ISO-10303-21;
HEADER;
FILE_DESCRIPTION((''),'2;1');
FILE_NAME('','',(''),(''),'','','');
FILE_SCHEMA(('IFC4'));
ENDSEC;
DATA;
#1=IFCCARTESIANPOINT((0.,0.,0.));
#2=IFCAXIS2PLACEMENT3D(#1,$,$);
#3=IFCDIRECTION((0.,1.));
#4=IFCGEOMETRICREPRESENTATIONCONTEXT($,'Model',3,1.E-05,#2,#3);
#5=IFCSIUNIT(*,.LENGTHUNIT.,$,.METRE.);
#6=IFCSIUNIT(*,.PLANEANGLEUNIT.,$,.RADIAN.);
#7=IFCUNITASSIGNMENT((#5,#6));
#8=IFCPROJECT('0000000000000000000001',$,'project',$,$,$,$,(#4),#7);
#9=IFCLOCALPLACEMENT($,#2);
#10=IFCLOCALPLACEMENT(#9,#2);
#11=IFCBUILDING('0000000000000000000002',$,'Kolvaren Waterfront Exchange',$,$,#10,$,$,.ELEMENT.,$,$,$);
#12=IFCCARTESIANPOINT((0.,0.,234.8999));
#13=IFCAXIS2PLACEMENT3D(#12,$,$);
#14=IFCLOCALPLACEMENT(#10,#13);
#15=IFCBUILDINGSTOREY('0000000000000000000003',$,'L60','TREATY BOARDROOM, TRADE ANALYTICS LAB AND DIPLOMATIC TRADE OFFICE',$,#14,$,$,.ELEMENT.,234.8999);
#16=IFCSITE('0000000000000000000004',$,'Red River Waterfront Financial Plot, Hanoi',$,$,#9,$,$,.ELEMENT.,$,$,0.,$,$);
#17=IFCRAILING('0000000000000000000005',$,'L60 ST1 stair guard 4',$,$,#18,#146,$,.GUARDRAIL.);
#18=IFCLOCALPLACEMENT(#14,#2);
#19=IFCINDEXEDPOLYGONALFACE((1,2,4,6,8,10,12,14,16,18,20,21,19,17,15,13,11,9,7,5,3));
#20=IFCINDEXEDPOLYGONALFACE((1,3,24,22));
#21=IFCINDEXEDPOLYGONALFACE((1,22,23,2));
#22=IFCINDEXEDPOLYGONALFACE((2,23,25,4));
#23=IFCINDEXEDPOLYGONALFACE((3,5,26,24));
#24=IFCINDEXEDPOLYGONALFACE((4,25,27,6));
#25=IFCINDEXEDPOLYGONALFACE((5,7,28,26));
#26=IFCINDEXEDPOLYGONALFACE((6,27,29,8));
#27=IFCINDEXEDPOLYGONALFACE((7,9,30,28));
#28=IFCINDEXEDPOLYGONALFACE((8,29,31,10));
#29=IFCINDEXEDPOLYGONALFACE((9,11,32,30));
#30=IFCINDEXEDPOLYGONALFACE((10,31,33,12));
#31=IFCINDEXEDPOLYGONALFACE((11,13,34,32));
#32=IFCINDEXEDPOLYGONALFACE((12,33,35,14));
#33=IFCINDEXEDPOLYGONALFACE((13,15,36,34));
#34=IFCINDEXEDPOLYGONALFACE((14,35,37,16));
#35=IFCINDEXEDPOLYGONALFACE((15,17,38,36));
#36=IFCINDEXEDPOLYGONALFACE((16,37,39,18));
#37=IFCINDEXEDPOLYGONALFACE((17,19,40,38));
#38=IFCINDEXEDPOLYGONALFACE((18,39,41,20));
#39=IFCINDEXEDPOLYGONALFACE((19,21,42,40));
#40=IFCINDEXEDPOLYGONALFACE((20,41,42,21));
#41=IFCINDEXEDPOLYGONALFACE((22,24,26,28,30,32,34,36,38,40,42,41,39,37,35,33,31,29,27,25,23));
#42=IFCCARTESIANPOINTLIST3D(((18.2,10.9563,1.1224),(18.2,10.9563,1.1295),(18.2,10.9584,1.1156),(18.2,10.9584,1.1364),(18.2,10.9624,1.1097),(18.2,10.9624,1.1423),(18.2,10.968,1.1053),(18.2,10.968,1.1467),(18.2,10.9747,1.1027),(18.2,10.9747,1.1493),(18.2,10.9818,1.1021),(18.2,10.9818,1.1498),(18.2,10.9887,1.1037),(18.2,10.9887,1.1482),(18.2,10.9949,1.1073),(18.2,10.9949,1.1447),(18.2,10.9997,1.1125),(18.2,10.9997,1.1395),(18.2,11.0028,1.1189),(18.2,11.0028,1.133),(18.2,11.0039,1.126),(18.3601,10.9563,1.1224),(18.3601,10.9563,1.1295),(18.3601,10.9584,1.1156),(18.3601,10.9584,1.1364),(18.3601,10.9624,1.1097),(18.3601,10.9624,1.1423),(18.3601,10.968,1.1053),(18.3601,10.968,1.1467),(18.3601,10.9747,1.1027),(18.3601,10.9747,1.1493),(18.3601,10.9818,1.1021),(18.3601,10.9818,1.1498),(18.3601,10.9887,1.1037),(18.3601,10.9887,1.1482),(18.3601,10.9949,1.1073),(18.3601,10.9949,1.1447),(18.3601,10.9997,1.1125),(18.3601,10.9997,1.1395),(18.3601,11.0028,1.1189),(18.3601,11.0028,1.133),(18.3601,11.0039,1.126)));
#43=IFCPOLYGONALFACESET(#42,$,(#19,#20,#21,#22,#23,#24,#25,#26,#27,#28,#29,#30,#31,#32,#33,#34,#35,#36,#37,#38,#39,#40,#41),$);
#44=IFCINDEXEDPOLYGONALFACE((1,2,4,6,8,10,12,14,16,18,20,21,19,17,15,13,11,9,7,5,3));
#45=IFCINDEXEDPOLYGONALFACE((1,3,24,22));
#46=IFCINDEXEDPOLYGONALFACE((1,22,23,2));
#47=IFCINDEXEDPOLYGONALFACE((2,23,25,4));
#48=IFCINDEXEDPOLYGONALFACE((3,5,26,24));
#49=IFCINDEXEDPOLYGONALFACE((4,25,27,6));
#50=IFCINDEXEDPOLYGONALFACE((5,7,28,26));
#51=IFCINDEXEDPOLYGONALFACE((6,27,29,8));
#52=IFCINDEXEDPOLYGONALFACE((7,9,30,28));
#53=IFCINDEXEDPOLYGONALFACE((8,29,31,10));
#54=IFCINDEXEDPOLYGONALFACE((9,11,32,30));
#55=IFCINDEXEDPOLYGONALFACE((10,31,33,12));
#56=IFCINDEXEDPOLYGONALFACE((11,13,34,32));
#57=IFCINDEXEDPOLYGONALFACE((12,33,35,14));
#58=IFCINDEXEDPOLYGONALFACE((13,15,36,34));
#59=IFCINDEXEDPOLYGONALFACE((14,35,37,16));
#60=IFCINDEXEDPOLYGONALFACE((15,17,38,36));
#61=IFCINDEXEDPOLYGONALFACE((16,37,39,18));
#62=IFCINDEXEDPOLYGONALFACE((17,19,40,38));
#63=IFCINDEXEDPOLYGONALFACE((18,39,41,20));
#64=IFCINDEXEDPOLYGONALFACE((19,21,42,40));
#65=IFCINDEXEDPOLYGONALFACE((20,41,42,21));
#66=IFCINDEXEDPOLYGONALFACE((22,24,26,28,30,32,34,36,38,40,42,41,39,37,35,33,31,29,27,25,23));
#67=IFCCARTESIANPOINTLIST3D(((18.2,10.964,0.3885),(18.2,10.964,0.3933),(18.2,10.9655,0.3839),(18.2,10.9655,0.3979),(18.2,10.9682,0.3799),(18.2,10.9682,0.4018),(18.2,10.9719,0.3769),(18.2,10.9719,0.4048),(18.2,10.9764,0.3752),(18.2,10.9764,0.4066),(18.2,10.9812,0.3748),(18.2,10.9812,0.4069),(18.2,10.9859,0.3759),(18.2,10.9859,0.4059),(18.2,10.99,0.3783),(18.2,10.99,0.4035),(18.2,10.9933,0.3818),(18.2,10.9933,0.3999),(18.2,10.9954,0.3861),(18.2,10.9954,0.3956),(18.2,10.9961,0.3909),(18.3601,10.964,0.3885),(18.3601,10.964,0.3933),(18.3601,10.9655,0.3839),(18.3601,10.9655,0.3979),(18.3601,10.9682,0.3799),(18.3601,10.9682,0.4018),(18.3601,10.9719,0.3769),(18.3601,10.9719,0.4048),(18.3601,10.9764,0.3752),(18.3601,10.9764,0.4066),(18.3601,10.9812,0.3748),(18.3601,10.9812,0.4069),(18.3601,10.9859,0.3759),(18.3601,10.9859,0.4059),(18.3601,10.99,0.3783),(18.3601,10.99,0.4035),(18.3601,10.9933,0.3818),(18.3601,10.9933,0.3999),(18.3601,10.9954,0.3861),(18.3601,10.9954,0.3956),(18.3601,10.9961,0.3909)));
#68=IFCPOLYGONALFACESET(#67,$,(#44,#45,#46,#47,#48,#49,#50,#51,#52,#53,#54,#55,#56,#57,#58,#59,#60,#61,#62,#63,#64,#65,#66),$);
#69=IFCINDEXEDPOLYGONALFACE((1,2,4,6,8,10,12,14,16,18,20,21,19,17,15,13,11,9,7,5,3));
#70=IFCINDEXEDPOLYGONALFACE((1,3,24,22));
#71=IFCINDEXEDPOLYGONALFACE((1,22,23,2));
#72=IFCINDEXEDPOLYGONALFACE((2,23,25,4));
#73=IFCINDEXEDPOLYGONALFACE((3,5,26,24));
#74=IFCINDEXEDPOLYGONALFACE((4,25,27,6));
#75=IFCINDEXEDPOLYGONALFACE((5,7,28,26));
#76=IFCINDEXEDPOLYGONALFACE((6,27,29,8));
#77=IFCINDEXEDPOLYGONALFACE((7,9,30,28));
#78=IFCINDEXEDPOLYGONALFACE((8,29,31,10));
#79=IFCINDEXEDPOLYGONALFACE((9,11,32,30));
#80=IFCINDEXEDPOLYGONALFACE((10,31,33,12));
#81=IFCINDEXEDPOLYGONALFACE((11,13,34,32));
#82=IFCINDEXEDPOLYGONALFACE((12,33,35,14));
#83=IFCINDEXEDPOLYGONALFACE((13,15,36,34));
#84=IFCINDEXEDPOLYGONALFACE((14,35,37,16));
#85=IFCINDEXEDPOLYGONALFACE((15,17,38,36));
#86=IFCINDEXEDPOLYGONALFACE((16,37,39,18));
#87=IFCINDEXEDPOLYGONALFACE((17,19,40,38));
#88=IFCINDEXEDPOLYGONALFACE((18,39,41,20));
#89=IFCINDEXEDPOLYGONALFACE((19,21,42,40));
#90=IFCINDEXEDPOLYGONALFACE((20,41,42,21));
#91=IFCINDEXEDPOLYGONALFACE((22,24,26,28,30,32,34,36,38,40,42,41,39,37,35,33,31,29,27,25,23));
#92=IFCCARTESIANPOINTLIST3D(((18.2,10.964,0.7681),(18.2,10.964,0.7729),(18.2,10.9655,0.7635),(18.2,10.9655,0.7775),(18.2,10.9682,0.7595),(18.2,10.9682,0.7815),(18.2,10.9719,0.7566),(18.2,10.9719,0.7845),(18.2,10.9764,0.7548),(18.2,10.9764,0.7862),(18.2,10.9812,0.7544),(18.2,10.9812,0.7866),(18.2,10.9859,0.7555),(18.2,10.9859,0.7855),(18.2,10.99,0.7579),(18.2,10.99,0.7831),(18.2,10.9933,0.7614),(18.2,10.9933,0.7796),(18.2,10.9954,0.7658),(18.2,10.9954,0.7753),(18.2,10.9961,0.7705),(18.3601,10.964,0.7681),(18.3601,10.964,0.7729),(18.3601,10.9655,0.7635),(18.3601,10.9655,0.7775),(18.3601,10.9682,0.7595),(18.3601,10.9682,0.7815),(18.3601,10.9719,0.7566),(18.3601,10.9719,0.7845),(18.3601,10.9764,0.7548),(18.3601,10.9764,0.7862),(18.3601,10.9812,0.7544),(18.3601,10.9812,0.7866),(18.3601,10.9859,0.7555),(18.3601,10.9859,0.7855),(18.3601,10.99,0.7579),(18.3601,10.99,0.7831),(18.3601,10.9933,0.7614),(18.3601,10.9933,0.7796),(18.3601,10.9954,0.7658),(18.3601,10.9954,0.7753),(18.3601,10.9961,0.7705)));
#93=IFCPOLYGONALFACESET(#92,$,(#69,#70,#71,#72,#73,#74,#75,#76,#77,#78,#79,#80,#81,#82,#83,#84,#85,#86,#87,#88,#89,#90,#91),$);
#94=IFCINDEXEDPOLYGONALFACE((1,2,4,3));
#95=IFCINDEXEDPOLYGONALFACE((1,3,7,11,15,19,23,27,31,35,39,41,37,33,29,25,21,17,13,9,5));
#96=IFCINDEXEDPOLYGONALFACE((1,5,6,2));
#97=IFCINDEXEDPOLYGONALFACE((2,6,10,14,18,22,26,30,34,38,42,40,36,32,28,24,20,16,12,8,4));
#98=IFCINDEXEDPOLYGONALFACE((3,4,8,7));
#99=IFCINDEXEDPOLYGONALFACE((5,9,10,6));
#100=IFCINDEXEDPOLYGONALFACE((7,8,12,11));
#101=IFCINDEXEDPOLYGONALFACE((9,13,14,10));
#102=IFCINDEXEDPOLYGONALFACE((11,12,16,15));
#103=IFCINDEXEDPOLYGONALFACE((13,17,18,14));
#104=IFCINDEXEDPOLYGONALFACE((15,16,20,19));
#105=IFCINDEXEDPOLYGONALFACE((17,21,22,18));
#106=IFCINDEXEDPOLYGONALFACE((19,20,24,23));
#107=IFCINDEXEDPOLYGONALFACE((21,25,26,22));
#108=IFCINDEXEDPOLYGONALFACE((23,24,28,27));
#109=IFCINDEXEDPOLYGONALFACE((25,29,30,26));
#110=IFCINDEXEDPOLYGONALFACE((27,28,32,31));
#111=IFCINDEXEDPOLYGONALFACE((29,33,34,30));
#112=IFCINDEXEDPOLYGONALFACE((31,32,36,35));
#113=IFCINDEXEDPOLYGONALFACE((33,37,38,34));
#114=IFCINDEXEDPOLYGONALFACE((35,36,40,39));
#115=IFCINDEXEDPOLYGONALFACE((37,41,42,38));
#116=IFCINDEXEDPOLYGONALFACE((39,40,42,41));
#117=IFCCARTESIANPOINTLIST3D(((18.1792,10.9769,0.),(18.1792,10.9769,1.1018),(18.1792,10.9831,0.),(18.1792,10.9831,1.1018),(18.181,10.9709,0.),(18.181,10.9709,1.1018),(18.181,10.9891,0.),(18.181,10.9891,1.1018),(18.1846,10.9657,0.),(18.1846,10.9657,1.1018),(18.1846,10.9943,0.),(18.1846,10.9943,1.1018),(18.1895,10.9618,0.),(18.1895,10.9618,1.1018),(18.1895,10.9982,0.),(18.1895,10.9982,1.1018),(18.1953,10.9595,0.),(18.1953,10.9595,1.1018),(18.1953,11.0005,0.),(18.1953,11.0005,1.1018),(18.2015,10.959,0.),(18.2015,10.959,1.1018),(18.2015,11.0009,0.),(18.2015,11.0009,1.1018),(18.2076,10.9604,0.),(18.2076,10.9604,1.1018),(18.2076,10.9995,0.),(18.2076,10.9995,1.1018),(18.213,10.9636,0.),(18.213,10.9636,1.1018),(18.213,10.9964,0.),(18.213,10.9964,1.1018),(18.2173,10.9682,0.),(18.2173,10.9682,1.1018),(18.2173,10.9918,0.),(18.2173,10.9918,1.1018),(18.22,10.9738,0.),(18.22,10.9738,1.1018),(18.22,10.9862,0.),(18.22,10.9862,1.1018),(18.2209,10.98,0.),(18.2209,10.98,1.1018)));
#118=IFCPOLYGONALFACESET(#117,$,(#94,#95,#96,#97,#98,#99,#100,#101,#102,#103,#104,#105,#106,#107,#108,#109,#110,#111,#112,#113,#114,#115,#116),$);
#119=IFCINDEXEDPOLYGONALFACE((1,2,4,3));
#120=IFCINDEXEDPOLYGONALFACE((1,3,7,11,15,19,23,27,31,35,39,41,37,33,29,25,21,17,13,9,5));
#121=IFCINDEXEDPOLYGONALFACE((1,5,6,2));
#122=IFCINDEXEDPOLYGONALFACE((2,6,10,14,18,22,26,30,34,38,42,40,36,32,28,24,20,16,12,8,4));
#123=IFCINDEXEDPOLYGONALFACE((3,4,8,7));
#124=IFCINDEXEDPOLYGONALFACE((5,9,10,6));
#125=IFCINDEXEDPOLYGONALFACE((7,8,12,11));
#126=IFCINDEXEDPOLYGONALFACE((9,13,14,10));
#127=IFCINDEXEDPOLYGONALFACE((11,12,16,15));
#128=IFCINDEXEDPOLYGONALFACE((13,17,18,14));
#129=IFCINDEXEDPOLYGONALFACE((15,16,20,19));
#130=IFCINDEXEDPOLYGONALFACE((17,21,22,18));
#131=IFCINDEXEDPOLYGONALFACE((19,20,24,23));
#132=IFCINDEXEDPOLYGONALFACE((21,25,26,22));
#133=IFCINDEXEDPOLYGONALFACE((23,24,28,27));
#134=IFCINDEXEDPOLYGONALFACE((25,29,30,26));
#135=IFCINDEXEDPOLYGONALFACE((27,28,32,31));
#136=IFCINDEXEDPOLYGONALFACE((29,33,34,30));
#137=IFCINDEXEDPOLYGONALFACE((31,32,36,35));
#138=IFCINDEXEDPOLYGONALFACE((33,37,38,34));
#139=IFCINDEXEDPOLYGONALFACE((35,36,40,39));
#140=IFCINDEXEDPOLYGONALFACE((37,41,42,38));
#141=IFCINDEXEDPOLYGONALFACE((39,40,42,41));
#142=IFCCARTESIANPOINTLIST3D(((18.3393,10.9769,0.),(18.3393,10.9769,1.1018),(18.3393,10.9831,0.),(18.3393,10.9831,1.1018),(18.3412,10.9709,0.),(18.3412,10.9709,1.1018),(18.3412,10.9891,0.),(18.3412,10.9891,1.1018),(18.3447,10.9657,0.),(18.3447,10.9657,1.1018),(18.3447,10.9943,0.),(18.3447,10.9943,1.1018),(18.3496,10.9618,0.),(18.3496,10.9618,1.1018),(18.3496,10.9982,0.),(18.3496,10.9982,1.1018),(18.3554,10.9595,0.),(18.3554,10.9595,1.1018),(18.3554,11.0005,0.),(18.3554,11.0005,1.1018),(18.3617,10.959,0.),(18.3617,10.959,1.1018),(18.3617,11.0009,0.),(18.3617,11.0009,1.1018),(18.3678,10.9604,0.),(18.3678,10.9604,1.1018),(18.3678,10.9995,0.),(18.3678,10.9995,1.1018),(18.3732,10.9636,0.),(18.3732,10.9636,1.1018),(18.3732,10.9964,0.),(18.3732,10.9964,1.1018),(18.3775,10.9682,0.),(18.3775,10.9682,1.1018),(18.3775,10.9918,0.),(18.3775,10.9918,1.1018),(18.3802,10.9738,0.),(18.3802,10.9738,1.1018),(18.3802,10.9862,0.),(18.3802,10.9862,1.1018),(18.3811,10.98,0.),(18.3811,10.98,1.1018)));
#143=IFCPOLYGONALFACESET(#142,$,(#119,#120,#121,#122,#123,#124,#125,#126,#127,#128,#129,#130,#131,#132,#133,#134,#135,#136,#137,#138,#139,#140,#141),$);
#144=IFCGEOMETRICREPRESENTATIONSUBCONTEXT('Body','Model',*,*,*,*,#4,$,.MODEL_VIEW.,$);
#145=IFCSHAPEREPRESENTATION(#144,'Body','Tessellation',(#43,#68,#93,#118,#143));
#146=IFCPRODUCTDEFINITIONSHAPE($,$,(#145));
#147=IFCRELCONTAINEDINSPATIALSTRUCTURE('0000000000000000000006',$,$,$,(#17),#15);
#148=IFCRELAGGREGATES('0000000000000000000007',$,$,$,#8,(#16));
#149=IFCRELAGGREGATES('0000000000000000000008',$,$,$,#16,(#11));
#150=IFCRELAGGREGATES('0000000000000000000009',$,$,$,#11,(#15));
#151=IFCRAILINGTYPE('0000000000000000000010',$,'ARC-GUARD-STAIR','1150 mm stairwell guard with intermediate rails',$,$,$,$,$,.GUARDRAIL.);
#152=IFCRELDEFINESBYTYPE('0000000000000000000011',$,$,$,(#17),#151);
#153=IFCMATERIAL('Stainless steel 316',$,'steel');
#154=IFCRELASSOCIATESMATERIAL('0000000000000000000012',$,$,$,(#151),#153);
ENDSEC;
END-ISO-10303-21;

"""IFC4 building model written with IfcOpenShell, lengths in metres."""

from ifc_helpers import new_model, si_unit, direction, frame, origin, origin_2d, place, context, subcontext, project, spatial, circle, extrude, material, type_object, element, save


model = new_model("IFC4")

# Units and contexts
model_context = context("Model", 3, precision=1e-05, world=origin(), true_north=direction((0.0, 1.0)))
body_context = subcontext(model_context, "Body", "Model", "MODEL_VIEW")
ifc_project = project(units=[si_unit("LENGTHUNIT", "METRE"), si_unit("PLANEANGLEUNIT", "RADIAN")], contexts=[model_context])

# Site, building, storey
site_placement = place(None, origin())
site = spatial("IfcSite", under=ifc_project, at=site_placement, Name="Red River Waterfront Financial Plot, Hanoi", CompositionType="ELEMENT", RefElevation=0.0)
building_placement = place(site_placement, origin())
building = spatial("IfcBuilding", under=site, at=building_placement, Name="Kolvaren Waterfront Exchange", CompositionType="ELEMENT")
storey_placement = place(building_placement, frame((0.0, 0.0, 234.8999)))
storey = spatial("IfcBuildingStorey", under=building, at=storey_placement, Name="L60", Description="TREATY BOARDROOM, TRADE ANALYTICS LAB AND DIPLOMATIC TRADE OFFICE", CompositionType="ELEMENT", Elevation=234.8999)

# Railing
ifc_material_1 = material(Name="Stainless steel 316", Category="steel")
railing_type_1 = type_object("IfcRailingType", Name="ARC-GUARD-STAIR", Description="1150 mm stairwell guard with intermediate rails", PredefinedType="GUARDRAIL", material=ifc_material_1)
railing_1_placement = place(storey_placement, frame((18.2, 10.98, 0.0)))
element("IfcRailing", 1, at=railing_1_placement, inside=storey, type_object=railing_type_1, Name="L60 ST1 stair guard 4", PredefinedType="GUARDRAIL", context=body_context, shape_type="SweptSolid", body=[
    extrude(circle(Radius=0.0239, at=origin_2d()), frame((0.0, 0.0, 1.126), z_axis=(1.0, 0.0, 0.0), x_axis=(0.0, 1.0, 0.0)), (0.0, 0.0, 1.0), 0.1602),
    extrude(circle(Radius=0.0161, at=origin_2d()), frame((0.0, 0.0, 0.3909), z_axis=(1.0, 0.0, 0.0), x_axis=(0.0, 1.0, 0.0)), (0.0, 0.0, 1.0), 0.1602),
    extrude(circle(Radius=0.0161, at=origin_2d()), frame((0.0, 0.0, 0.7705), z_axis=(1.0, 0.0, 0.0), x_axis=(0.0, 1.0, 0.0)), (0.0, 0.0, 1.0), 0.1602),
    extrude(circle(Radius=0.021, at=origin_2d()), origin(), (0.0, 0.0, 1.0), 1.1018),
    extrude(circle(Radius=0.021, at=origin_2d()), frame((0.1602, 0.0, 0.0)), (0.0, 0.0, 1.0), 1.1018),
])

save(model, "model.ifc")
